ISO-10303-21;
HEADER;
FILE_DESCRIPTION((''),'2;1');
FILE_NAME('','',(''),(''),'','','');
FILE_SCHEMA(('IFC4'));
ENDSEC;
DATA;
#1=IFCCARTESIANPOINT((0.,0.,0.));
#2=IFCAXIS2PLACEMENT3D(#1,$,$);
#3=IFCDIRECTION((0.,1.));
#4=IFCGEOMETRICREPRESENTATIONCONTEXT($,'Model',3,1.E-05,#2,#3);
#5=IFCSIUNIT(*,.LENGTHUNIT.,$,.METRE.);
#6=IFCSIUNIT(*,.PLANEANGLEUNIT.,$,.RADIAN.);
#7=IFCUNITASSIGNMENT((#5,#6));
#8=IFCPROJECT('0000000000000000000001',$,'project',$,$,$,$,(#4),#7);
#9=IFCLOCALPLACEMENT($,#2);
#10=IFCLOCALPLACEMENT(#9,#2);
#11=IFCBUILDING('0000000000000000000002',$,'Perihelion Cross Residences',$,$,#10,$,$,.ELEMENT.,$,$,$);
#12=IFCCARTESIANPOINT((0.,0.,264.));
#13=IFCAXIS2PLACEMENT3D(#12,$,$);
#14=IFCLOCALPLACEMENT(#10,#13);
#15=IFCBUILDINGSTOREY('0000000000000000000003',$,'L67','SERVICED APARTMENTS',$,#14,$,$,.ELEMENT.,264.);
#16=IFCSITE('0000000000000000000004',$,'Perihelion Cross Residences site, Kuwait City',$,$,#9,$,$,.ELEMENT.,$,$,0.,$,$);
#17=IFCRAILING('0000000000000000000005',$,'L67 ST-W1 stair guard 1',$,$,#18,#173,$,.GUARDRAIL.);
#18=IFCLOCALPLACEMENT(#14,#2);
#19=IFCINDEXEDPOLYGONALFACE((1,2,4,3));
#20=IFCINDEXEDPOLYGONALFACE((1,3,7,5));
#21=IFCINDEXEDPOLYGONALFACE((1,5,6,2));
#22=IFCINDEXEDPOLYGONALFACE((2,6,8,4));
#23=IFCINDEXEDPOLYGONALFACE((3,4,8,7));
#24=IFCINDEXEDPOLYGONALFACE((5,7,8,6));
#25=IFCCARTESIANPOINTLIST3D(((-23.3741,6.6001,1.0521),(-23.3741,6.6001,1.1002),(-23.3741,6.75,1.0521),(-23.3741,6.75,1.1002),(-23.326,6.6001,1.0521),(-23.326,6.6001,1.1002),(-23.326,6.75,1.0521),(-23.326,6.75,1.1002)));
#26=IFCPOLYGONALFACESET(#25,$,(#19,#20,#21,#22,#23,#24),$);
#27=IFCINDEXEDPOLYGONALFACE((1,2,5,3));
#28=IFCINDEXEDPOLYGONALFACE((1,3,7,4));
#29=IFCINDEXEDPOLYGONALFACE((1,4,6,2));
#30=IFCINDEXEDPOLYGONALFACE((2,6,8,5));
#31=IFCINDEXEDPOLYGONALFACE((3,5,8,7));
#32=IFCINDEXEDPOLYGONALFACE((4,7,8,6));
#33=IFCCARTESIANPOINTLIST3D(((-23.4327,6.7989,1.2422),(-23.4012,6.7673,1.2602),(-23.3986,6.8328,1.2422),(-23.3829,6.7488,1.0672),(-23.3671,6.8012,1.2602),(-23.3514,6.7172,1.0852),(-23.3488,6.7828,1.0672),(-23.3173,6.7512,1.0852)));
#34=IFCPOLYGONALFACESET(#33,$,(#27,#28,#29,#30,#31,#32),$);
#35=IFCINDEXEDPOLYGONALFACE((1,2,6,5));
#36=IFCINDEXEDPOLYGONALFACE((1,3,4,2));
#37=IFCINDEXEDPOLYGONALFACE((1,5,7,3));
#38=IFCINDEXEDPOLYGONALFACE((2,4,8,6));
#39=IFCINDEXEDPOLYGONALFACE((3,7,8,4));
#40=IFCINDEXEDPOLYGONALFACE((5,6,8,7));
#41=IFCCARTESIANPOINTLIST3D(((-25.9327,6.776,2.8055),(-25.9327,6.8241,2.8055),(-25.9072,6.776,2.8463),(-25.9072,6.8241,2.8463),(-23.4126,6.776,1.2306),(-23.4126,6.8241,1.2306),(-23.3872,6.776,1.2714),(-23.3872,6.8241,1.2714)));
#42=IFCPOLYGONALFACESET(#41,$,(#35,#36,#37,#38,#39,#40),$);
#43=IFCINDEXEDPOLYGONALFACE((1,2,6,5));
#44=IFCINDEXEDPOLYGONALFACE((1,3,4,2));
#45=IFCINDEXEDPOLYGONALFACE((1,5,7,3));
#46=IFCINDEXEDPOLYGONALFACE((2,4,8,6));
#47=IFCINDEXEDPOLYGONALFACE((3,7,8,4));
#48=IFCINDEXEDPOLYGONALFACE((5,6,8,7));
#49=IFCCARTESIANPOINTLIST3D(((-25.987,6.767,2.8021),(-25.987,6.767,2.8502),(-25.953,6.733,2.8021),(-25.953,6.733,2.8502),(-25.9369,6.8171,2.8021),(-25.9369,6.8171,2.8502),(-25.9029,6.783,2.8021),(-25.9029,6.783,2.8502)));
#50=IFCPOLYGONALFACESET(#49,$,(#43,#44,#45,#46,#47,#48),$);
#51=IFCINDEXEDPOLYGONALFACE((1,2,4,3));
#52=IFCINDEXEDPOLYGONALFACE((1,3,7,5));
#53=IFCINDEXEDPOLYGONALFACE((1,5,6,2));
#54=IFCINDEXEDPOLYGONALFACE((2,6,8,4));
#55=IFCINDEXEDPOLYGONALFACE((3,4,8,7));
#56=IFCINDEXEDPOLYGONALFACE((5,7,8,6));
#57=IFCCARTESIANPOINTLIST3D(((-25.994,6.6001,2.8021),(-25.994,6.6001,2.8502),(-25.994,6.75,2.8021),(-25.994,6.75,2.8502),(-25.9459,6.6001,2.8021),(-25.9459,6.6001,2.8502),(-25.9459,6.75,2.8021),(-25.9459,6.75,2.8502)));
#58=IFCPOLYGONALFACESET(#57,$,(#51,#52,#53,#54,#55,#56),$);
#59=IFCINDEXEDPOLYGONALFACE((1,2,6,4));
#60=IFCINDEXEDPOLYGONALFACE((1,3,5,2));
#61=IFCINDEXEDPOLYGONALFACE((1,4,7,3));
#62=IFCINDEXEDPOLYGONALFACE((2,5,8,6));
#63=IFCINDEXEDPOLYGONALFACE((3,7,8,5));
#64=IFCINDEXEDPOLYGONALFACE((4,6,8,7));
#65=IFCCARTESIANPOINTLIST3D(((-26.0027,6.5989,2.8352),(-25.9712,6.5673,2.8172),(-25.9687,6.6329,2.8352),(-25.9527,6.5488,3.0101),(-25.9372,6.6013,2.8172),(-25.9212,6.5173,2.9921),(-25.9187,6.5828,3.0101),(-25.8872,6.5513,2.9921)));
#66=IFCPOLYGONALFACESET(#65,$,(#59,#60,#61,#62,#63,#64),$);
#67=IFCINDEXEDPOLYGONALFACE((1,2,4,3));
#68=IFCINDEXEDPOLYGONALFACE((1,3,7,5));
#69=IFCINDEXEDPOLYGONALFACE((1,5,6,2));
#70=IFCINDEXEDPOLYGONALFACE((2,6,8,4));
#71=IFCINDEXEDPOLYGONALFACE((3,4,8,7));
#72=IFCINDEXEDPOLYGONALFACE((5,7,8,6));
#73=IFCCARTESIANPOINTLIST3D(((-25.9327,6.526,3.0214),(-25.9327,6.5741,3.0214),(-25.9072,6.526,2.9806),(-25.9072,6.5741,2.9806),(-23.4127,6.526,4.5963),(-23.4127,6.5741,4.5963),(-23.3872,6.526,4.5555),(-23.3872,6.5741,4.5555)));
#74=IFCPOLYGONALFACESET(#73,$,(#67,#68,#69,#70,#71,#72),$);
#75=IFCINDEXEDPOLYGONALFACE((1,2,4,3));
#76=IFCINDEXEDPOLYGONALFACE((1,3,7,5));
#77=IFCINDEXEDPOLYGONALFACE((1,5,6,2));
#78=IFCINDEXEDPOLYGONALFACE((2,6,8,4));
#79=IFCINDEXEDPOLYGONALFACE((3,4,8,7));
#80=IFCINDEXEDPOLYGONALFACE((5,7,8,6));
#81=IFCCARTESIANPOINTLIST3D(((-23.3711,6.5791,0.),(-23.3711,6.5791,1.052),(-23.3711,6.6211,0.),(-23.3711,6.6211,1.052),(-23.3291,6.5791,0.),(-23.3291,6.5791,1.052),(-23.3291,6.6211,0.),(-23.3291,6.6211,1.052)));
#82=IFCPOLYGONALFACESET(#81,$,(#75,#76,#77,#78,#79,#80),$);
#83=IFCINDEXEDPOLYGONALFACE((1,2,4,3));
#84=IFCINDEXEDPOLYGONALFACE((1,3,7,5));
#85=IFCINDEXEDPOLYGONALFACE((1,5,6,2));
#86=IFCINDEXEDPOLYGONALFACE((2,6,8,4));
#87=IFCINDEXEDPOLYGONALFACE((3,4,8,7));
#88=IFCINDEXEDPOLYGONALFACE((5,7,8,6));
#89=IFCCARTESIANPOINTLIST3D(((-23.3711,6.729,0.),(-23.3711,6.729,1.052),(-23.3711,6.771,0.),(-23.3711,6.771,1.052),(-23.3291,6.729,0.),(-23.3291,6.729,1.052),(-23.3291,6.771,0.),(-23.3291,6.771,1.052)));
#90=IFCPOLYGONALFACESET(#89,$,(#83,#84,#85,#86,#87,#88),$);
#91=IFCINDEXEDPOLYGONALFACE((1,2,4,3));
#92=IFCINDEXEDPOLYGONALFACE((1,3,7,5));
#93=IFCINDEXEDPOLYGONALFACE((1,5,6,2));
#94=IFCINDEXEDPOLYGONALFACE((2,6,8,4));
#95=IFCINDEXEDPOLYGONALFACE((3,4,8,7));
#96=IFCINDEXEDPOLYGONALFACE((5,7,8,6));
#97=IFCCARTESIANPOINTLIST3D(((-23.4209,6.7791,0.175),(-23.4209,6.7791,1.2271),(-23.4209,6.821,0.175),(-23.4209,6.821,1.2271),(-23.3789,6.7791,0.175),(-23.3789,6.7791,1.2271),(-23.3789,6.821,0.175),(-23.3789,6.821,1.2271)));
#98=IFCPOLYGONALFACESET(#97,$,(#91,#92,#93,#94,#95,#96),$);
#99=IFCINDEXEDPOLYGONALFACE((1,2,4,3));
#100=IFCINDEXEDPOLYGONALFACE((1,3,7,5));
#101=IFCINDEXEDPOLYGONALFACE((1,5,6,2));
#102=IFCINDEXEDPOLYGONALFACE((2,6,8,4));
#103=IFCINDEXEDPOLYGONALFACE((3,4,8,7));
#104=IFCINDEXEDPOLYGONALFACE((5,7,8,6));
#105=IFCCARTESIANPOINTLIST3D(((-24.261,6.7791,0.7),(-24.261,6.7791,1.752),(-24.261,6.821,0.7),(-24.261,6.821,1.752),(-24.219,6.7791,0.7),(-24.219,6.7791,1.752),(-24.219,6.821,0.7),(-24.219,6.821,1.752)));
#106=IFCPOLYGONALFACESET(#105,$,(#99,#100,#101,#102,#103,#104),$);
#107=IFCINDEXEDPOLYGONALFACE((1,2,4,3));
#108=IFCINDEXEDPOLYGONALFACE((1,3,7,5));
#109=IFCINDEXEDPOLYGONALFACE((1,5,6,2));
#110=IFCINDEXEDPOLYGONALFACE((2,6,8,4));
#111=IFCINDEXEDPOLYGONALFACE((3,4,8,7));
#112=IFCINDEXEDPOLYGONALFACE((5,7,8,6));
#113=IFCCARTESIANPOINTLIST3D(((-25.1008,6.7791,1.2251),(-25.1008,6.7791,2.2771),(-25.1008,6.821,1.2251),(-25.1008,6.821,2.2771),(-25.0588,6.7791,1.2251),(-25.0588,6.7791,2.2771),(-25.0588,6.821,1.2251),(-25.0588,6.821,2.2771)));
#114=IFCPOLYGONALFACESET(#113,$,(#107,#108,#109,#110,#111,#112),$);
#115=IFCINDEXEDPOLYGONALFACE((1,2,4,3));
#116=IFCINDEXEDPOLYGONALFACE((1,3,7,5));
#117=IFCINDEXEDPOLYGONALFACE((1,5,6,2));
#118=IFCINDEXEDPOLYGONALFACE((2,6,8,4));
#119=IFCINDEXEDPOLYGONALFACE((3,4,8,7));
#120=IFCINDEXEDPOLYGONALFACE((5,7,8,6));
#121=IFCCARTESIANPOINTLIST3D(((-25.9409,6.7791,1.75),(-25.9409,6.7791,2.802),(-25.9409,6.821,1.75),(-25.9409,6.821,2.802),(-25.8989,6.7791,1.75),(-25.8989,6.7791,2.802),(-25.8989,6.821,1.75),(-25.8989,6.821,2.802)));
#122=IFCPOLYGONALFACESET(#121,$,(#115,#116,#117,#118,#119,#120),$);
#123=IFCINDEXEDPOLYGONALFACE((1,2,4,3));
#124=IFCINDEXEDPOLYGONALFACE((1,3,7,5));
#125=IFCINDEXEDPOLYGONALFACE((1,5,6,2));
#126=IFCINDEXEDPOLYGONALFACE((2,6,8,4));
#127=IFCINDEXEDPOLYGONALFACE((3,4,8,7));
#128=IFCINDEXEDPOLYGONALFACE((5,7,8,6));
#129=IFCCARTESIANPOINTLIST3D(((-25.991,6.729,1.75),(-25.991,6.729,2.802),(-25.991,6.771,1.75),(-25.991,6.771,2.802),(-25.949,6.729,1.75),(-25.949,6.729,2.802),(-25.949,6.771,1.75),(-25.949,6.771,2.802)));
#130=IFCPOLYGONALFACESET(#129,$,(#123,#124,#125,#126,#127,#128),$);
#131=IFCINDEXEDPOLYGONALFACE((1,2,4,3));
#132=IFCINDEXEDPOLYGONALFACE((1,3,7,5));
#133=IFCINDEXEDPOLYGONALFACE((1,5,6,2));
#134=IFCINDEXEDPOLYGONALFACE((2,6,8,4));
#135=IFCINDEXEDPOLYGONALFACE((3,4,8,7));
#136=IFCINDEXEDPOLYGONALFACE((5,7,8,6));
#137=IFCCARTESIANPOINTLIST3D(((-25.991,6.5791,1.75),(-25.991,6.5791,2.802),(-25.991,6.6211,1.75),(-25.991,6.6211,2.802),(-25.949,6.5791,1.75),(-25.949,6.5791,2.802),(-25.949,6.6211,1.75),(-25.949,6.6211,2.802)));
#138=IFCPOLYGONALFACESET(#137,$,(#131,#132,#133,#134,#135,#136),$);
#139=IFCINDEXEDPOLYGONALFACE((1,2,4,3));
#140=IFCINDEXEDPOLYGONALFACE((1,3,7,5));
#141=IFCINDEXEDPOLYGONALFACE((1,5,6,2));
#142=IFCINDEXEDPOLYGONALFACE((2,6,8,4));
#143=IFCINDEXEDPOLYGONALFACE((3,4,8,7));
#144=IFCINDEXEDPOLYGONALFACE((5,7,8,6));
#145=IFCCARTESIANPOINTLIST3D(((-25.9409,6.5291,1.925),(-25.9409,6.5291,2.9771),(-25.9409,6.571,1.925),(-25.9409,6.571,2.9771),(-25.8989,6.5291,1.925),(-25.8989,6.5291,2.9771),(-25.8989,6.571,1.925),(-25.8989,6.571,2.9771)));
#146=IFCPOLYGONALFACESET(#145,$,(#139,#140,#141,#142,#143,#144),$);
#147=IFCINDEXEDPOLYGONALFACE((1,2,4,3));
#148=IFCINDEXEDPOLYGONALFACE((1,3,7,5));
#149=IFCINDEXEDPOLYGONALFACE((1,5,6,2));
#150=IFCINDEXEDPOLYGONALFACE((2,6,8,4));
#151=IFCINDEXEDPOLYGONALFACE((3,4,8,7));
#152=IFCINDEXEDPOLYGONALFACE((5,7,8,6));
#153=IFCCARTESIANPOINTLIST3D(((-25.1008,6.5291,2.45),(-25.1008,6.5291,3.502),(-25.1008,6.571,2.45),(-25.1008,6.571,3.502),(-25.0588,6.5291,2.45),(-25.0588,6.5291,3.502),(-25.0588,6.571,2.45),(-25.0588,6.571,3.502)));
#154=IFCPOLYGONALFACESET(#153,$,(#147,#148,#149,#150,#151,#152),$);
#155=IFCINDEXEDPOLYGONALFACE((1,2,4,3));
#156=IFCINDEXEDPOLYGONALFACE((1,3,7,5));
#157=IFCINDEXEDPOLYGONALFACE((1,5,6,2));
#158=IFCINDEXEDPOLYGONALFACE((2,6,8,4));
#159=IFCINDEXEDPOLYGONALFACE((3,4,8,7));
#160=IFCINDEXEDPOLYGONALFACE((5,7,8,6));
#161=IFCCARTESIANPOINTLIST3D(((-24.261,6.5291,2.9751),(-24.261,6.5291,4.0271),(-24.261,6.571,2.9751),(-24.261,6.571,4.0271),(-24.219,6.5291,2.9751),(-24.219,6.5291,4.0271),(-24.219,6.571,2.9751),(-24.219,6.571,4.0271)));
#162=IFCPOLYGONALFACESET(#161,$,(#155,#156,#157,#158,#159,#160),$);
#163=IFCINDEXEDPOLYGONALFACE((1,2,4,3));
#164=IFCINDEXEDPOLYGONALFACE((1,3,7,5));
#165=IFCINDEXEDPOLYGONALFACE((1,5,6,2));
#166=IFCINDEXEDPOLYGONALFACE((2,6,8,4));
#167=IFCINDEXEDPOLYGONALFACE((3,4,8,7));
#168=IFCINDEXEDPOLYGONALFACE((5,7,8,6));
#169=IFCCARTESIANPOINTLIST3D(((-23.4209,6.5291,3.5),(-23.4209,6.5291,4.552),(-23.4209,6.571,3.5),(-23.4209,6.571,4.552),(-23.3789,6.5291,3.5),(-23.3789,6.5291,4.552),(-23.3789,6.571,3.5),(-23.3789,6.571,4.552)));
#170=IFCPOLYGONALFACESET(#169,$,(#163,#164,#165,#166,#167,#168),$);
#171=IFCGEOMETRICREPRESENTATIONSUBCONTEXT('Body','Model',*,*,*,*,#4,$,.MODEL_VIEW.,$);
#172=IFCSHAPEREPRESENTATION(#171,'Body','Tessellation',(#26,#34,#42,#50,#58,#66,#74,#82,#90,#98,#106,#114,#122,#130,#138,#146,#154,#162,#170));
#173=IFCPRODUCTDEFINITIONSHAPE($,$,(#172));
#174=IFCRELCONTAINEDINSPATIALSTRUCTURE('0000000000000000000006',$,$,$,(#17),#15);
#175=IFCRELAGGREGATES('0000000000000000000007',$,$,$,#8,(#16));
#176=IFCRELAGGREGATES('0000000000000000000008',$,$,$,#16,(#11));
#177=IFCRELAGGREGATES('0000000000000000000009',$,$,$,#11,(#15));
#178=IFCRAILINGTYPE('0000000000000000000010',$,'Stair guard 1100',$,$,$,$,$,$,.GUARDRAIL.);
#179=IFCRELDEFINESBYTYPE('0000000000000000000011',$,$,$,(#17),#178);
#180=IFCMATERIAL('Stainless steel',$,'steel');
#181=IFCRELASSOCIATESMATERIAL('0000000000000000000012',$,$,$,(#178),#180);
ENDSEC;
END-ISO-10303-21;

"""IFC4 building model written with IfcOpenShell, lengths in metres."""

from ifc_helpers import new_model, si_unit, direction, frame, origin, origin_2d, place, context, subcontext, project, spatial, rectangle, extrude, material, type_object, element, save


model = new_model("IFC4")

# Units and contexts
model_context = context("Model", 3, precision=1e-05, world=origin(), true_north=direction((0.0, 1.0)))
body_context = subcontext(model_context, "Body", "Model", "MODEL_VIEW")
ifc_project = project(units=[si_unit("LENGTHUNIT", "METRE"), si_unit("PLANEANGLEUNIT", "RADIAN")], contexts=[model_context])

# Site, building, storey
site_placement = place(None, origin())
site = spatial("IfcSite", under=ifc_project, at=site_placement, Name="Perihelion Cross Residences site, Kuwait City", CompositionType="ELEMENT", RefElevation=0.0)
building_placement = place(site_placement, origin())
building = spatial("IfcBuilding", under=site, at=building_placement, Name="Perihelion Cross Residences", CompositionType="ELEMENT")
storey_placement = place(building_placement, frame((0.0, 0.0, 264.0)))
storey = spatial("IfcBuildingStorey", under=building, at=storey_placement, Name="L67", Description="SERVICED APARTMENTS", CompositionType="ELEMENT", Elevation=264.0)

# Railing
ifc_material_1 = material(Name="Stainless steel", Category="steel")
railing_type_1 = type_object("IfcRailingType", Name="Stair guard 1100", PredefinedType="GUARDRAIL", material=ifc_material_1)
railing_1_placement = place(storey_placement, frame((-23.3501, 6.6001, 0.0)))
element("IfcRailing", 1, at=railing_1_placement, inside=storey, type_object=railing_type_1, Name="L67 ST-W1 stair guard 1", PredefinedType="GUARDRAIL", context=body_context, shape_type="SweptSolid", body=[
    extrude(rectangle(XDim=0.0481, YDim=0.0481, at=origin_2d()), frame((0.0, 0.0, 1.0762), z_axis=(0.0, 1.0, 0.0), x_axis=(-1.0, 0.0, 0.0)), (0.0, 0.0, 1.0), 0.1499),
    extrude(rectangle(XDim=0.0481, YDim=0.0481, at=origin_2d()), frame((0.0, 0.1499, 1.0762), z_axis=(-0.263862, 0.265156, 0.927399), x_axis=(-0.708834, -0.705376, 0.0)), (0.0, 0.0, 1.0), 0.1887),
    extrude(rectangle(XDim=0.0481, YDim=0.0481, at=origin_2d()), frame((-0.0498, 0.2, 1.251), z_axis=(-0.848008, 0.0, 0.529984), x_axis=(0.0, -1.0, 0.0)), (0.0, 0.0, 1.0), 2.9717),
    extrude(rectangle(XDim=0.0481, YDim=0.0481, at=origin_2d()), frame((-2.5698, 0.2, 2.8262), z_axis=(-0.707107, -0.707107, 0.0), x_axis=(0.707107, -0.707107, 0.0)), (0.0, 0.0, 1.0), 0.0708),
    extrude(rectangle(XDim=0.0481, YDim=0.0481, at=origin_2d()), frame((-2.6199, 0.1499, 2.8262), z_axis=(0.0, -1.0, 0.0), x_axis=(1.0, 0.0, 0.0)), (0.0, 0.0, 1.0), 0.1499),
    extrude(rectangle(XDim=0.0481, YDim=0.0481, at=origin_2d()), frame((-2.6199, 0.0, 2.8262), z_axis=(0.265065, -0.265065, 0.927082), x_axis=(0.707107, 0.707107, 0.0)), (0.0, 0.0, 1.0), 0.1887),
    extrude(rectangle(XDim=0.0481, YDim=0.0481, at=origin_2d()), frame((-2.5698, -0.05, 3.001), z_axis=(0.848008, 0.0, 0.529984), x_axis=(0.0, 1.0, 0.0)), (0.0, 0.0, 1.0), 2.9717),
    extrude(rectangle(XDim=0.042, YDim=0.042, at=origin_2d()), origin(), (0.0, 0.0, 1.0), 1.052),
    extrude(rectangle(XDim=0.042, YDim=0.042, at=origin_2d()), frame((0.0, 0.1499, 0.0)), (0.0, 0.0, 1.0), 1.052),
    extrude(rectangle(XDim=0.042, YDim=0.042, at=origin_2d()), frame((-0.0498, 0.2, 0.175)), (0.0, 0.0, 1.0), 1.052),
    extrude(rectangle(XDim=0.042, YDim=0.042, at=origin_2d()), frame((-0.8899, 0.2, 0.7)), (0.0, 0.0, 1.0), 1.052),
    extrude(rectangle(XDim=0.042, YDim=0.042, at=origin_2d()), frame((-1.7297, 0.2, 1.2251)), (0.0, 0.0, 1.0), 1.052),
    extrude(rectangle(XDim=0.042, YDim=0.042, at=origin_2d()), frame((-2.5698, 0.2, 1.75)), (0.0, 0.0, 1.0), 1.052),
    extrude(rectangle(XDim=0.042, YDim=0.042, at=origin_2d()), frame((-2.6199, 0.1499, 1.75)), (0.0, 0.0, 1.0), 1.052),
    extrude(rectangle(XDim=0.042, YDim=0.042, at=origin_2d()), frame((-2.6199, 0.0, 1.75)), (0.0, 0.0, 1.0), 1.052),
    extrude(rectangle(XDim=0.042, YDim=0.042, at=origin_2d()), frame((-2.5698, -0.05, 1.925)), (0.0, 0.0, 1.0), 1.052),
    extrude(rectangle(XDim=0.042, YDim=0.042, at=origin_2d()), frame((-1.7297, -0.05, 2.45)), (0.0, 0.0, 1.0), 1.052),
    extrude(rectangle(XDim=0.042, YDim=0.042, at=origin_2d()), frame((-0.8899, -0.05, 2.9751)), (0.0, 0.0, 1.0), 1.052),
    extrude(rectangle(XDim=0.042, YDim=0.042, at=origin_2d()), frame((-0.0498, -0.05, 3.5)), (0.0, 0.0, 1.0), 1.052),
])

save(model, "model.ifc")
